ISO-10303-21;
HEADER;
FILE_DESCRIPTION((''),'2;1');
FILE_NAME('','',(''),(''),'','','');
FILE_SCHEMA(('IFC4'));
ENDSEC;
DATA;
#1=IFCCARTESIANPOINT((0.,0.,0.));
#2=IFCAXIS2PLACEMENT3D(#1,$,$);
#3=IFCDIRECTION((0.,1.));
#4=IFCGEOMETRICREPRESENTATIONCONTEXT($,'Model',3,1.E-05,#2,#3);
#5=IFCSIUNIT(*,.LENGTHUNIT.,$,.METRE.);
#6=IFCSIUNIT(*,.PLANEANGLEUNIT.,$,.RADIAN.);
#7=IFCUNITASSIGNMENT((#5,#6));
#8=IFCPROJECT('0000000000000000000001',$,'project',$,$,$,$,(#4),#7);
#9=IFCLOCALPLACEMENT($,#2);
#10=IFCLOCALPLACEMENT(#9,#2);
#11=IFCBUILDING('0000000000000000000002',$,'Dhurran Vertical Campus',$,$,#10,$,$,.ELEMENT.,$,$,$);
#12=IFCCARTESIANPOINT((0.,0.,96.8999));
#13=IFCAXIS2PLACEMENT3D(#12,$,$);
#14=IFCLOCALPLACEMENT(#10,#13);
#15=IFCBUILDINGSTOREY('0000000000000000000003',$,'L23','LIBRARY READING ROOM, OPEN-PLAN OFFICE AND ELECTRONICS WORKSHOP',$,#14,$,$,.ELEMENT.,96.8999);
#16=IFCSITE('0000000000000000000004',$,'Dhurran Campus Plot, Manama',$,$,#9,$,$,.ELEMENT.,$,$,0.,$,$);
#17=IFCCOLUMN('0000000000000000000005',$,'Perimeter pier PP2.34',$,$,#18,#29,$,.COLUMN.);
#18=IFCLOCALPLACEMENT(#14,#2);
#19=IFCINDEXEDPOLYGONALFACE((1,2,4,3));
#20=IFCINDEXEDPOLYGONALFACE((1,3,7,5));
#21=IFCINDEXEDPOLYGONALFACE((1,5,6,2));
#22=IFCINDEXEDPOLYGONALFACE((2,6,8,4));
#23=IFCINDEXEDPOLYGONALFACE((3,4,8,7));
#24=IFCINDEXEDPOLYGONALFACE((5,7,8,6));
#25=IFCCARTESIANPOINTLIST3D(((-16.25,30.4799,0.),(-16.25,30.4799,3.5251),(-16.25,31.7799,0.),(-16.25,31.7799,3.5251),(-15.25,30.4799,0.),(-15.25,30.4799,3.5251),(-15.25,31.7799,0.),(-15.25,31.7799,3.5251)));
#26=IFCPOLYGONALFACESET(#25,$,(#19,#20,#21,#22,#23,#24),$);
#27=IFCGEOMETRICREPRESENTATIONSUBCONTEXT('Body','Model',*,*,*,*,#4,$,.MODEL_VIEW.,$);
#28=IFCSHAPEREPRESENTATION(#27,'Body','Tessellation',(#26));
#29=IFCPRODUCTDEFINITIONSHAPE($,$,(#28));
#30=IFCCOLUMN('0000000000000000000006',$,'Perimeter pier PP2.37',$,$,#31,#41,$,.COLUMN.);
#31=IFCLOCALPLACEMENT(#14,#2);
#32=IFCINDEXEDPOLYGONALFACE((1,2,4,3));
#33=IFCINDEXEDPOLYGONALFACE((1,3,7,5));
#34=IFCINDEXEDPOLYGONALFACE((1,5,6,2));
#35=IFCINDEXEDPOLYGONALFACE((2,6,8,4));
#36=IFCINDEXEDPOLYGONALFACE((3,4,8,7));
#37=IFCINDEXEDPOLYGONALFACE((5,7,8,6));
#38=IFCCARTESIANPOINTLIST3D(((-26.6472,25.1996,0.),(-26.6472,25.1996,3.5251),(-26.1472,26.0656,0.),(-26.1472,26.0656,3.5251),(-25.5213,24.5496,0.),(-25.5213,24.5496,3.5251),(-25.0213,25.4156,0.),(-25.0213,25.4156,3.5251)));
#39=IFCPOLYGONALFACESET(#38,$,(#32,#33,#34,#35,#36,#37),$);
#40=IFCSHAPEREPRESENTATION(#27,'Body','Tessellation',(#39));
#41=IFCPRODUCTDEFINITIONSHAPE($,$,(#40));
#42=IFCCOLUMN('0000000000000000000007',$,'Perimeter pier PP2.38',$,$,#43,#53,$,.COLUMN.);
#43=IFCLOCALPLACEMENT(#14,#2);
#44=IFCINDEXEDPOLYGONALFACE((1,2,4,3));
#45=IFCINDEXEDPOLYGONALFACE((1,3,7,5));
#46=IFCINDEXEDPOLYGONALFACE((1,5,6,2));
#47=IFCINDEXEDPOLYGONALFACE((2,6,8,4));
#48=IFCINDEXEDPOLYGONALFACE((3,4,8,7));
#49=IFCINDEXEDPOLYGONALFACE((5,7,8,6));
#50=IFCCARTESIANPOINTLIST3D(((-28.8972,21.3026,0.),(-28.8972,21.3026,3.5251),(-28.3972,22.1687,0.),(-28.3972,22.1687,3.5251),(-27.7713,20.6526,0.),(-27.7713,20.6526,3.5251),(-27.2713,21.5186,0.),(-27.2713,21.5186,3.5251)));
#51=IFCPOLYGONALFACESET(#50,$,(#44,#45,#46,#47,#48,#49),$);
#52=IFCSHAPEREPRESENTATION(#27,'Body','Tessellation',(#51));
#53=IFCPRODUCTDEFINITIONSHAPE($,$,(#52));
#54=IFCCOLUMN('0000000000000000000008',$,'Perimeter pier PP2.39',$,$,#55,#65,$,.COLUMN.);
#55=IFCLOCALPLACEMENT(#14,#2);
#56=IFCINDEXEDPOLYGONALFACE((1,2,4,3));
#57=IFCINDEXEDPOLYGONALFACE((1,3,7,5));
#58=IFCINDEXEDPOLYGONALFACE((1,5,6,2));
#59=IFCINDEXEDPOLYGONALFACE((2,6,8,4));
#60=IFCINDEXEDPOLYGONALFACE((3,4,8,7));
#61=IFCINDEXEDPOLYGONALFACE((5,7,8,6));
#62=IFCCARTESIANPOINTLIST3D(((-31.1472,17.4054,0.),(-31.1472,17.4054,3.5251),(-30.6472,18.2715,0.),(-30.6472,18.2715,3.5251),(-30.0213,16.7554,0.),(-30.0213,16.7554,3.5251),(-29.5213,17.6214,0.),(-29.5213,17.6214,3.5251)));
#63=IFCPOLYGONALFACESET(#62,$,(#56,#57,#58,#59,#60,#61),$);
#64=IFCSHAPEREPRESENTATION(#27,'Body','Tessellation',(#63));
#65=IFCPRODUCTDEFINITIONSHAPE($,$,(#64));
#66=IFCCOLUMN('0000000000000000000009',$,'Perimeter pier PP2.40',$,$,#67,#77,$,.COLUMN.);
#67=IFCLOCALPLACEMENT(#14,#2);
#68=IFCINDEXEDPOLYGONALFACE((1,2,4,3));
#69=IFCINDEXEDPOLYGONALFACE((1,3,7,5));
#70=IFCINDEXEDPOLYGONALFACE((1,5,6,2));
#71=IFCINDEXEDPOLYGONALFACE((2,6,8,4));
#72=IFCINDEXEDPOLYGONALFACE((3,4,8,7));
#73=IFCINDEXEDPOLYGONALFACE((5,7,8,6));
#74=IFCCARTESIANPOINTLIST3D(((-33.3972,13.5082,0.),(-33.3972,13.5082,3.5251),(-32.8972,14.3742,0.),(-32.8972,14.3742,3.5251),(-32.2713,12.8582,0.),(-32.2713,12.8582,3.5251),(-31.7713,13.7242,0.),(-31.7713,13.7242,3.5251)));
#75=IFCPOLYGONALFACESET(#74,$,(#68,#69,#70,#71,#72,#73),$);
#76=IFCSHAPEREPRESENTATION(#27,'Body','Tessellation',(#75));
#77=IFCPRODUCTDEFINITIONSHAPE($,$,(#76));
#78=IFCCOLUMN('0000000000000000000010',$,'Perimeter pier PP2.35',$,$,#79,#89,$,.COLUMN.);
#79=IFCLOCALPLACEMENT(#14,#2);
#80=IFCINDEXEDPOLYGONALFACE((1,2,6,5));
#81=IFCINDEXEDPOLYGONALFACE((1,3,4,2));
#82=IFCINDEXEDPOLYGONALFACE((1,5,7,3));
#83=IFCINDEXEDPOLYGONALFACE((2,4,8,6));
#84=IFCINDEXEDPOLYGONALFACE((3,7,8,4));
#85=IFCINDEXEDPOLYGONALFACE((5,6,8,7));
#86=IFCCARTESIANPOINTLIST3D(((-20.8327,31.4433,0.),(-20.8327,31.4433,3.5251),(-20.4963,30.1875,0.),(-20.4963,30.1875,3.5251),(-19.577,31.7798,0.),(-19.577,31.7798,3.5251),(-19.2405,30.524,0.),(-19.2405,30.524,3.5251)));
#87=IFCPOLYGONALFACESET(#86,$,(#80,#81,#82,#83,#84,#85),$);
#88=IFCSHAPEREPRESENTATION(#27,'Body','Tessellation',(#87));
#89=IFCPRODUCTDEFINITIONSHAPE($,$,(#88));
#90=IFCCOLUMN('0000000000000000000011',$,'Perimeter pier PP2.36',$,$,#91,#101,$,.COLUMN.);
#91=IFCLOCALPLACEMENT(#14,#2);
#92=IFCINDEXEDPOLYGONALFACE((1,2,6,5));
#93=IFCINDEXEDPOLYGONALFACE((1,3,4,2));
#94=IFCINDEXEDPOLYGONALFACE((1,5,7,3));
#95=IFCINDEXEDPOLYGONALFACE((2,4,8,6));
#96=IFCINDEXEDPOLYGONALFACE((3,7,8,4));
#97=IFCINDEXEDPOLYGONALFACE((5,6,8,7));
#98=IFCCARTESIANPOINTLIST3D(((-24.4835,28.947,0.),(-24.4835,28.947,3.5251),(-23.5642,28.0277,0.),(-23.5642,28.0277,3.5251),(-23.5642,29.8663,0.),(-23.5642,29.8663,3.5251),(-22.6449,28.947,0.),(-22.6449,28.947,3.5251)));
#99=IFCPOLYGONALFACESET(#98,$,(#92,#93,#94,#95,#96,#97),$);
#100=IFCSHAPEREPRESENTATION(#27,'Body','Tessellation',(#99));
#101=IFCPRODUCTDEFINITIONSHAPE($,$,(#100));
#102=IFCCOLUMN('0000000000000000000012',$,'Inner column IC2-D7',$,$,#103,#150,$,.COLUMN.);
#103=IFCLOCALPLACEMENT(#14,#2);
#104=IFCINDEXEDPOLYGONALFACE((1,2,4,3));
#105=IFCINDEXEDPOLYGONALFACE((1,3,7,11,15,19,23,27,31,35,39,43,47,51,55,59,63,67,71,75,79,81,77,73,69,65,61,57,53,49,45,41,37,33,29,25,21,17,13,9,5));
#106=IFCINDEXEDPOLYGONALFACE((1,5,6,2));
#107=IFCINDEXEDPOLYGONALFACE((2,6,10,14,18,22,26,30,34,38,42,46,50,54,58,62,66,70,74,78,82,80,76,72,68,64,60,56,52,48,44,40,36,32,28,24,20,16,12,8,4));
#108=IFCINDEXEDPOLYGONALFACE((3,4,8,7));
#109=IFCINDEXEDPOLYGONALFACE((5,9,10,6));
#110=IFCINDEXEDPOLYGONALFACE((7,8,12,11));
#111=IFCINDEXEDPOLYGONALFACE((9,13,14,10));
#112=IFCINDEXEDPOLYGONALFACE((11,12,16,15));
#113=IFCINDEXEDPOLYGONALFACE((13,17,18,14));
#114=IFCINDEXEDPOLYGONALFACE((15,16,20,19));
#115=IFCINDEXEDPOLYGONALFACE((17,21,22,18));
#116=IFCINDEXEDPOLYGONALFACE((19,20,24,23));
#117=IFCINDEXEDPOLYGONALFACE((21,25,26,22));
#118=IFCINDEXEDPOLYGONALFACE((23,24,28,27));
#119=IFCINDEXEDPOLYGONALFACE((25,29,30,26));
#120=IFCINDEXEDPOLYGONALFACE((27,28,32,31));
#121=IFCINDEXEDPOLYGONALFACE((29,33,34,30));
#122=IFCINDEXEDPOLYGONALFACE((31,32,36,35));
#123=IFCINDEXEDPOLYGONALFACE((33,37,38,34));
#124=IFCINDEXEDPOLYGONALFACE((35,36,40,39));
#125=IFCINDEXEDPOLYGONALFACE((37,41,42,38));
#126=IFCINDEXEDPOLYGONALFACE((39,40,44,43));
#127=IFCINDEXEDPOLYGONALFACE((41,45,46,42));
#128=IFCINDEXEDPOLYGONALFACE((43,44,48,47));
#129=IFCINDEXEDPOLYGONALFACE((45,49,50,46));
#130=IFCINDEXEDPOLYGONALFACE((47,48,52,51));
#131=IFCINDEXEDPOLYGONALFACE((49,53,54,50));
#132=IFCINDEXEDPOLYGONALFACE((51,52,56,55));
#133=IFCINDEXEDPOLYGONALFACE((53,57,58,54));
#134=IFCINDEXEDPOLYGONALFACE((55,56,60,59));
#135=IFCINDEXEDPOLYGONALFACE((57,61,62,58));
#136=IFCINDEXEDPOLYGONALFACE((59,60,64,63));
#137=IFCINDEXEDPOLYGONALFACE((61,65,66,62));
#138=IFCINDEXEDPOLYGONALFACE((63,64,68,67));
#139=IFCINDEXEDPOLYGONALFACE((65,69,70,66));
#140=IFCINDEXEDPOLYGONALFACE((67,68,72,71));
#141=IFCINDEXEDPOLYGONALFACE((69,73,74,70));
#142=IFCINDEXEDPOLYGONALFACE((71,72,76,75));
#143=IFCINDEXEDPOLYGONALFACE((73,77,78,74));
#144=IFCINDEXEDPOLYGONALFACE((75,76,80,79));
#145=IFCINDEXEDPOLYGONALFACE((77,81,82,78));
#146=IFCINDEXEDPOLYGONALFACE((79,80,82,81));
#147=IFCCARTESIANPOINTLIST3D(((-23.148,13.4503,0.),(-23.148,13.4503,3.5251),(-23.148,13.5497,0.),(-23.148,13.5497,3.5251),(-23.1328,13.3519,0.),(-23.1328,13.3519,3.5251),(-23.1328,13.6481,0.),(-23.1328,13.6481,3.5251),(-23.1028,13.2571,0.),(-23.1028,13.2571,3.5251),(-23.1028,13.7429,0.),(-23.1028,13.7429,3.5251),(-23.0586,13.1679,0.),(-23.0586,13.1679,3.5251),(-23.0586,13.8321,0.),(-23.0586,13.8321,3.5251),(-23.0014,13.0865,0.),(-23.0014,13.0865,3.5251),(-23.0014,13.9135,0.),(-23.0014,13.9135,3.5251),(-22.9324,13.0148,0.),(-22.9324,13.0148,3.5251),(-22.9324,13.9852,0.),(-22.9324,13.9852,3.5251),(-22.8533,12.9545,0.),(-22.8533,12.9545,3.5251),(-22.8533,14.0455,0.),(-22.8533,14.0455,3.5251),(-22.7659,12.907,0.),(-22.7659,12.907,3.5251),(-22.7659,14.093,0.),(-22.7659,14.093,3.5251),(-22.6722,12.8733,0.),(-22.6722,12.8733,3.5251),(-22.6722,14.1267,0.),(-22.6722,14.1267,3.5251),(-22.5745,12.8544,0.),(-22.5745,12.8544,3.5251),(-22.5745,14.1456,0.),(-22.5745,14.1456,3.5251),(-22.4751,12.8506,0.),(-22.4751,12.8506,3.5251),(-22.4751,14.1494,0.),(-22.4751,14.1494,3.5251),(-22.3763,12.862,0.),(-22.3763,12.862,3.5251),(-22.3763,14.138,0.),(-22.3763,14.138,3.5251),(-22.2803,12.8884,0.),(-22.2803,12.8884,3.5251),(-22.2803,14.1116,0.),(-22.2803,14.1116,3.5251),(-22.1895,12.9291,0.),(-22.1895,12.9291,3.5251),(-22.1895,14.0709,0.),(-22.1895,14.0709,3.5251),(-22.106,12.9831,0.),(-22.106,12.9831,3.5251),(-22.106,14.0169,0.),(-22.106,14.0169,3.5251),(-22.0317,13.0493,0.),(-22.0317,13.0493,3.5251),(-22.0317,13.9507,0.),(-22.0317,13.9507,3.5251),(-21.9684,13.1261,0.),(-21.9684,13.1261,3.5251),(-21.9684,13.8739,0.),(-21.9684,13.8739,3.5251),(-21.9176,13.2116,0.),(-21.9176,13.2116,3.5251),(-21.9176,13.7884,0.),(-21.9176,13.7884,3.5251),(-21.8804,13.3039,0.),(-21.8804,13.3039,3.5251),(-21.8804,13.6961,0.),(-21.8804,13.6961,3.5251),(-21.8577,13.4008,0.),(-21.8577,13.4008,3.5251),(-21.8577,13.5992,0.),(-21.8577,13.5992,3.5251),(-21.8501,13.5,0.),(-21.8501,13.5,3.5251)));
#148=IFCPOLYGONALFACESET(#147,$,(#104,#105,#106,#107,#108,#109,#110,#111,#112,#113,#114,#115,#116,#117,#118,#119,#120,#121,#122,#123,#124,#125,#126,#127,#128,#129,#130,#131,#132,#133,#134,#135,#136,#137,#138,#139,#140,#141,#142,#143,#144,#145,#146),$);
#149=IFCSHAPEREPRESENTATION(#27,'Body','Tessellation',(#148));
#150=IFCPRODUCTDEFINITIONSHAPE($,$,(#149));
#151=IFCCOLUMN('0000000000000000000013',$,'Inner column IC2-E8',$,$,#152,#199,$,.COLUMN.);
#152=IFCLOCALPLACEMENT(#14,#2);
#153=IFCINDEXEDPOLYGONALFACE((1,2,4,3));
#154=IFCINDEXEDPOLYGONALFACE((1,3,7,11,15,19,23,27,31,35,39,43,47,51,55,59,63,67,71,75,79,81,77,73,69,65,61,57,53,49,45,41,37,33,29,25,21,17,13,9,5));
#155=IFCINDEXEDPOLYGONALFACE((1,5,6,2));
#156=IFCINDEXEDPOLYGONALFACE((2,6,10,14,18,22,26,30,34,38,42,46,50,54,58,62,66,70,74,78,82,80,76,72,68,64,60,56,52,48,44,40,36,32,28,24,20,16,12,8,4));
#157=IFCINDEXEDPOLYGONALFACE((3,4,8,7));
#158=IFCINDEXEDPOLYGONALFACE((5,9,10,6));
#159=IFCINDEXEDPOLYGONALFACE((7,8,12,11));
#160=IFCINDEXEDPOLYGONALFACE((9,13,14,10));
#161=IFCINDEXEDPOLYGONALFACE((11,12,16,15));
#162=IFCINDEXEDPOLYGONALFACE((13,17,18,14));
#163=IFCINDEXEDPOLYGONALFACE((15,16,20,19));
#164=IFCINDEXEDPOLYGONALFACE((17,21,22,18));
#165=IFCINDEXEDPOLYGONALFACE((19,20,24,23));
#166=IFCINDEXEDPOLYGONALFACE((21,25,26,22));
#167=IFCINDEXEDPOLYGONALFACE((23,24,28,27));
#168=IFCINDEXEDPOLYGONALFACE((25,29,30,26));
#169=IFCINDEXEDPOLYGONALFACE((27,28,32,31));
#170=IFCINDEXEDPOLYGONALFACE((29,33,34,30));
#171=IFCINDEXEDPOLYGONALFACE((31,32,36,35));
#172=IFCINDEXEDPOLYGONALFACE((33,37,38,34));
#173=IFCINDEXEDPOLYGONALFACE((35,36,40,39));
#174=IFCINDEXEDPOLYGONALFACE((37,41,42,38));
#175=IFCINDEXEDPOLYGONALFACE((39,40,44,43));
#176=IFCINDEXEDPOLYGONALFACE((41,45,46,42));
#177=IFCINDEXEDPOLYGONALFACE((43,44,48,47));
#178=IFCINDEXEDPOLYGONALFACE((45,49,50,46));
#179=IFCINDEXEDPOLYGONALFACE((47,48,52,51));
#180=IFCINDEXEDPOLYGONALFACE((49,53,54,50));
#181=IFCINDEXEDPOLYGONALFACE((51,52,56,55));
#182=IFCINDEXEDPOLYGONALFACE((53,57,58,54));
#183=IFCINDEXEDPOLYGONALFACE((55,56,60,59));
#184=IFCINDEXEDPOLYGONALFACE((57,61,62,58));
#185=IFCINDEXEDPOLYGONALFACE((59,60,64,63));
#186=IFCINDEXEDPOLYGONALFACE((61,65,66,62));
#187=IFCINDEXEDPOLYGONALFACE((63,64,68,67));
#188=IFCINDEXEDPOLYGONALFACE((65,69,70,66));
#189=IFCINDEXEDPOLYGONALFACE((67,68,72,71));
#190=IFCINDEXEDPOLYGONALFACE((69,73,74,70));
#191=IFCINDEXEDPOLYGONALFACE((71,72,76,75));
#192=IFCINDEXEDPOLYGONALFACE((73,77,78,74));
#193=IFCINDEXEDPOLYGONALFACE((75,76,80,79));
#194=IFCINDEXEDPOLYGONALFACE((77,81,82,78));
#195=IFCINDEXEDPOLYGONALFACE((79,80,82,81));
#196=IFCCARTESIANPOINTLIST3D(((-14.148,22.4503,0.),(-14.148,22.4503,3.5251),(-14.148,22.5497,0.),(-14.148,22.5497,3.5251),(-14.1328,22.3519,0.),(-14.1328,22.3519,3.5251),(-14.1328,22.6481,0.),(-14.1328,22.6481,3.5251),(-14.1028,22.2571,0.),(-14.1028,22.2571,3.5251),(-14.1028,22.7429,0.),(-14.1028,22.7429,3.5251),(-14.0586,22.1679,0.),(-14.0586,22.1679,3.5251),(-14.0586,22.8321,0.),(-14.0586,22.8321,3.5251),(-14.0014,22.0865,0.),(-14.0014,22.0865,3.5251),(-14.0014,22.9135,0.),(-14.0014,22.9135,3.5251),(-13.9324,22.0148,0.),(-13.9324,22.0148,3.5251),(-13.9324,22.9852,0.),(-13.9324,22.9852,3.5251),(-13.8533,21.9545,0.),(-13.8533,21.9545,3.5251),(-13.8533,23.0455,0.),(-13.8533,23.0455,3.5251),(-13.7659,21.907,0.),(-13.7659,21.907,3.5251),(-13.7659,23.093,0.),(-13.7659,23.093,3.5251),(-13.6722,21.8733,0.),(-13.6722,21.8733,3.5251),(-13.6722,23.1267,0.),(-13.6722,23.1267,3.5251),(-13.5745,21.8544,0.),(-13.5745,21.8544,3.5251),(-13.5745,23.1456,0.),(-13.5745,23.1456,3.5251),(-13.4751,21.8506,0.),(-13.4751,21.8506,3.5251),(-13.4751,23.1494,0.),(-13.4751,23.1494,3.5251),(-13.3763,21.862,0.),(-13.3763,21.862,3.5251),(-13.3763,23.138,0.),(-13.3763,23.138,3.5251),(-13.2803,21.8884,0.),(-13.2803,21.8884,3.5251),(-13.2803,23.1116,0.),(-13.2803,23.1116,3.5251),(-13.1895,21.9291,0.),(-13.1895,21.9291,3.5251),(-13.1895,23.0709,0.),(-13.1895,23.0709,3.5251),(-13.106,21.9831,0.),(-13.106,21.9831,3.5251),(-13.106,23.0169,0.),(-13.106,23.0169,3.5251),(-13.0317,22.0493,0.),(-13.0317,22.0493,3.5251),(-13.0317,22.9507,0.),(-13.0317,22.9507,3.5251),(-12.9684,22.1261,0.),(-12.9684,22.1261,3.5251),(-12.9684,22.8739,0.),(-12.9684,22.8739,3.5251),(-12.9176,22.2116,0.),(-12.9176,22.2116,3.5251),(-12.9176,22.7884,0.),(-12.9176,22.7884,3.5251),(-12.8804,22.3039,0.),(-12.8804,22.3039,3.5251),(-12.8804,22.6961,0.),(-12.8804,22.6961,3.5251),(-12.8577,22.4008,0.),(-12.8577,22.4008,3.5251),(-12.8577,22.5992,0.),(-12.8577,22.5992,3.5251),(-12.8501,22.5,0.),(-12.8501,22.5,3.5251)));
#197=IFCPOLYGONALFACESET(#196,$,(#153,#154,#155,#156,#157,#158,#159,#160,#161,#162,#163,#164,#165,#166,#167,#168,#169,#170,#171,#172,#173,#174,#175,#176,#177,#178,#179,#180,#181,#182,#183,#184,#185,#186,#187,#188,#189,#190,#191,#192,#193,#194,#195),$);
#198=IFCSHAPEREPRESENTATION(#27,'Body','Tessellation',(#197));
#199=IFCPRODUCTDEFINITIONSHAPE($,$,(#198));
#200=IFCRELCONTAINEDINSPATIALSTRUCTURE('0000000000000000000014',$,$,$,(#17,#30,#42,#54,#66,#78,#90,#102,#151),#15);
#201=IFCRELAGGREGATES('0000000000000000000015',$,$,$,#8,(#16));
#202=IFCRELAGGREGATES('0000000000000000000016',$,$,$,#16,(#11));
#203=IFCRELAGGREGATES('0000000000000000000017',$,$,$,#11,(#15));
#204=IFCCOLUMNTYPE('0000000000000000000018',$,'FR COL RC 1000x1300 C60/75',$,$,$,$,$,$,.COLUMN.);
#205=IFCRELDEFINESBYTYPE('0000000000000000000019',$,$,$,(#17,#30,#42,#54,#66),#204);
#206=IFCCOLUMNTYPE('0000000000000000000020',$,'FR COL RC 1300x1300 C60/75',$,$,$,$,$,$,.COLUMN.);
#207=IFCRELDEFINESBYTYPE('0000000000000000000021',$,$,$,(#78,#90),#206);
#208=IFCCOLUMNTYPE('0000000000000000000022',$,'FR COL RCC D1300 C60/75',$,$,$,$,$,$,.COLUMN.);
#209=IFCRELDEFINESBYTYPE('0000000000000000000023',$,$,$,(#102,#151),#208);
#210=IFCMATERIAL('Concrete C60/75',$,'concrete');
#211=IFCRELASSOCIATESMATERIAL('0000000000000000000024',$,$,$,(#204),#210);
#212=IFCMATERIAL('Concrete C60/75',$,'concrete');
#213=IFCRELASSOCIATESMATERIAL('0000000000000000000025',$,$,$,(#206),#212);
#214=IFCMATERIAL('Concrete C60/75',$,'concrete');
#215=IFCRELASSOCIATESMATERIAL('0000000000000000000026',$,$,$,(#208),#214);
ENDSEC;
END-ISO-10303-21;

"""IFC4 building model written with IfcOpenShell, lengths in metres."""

from ifc_helpers import new_model, si_unit, direction, frame, origin, origin_2d, place, context, subcontext, project, spatial, rectangle, circle, extrude, material, material_profile, profile_set, type_object, element, save


model = new_model("IFC4")

# Units and contexts
model_context = context("Model", 3, precision=1e-05, world=origin(), true_north=direction((0.0, 1.0)))
body_context = subcontext(model_context, "Body", "Model", "MODEL_VIEW")
ifc_project = project(units=[si_unit("LENGTHUNIT", "METRE"), si_unit("PLANEANGLEUNIT", "RADIAN")], contexts=[model_context])

# Site, building, storey
site_placement = place(None, origin())
site = spatial("IfcSite", under=ifc_project, at=site_placement, Name="Dhurran Campus Plot, Manama", CompositionType="ELEMENT", RefElevation=0.0)
building_placement = place(site_placement, origin())
building = spatial("IfcBuilding", under=site, at=building_placement, Name="Dhurran Vertical Campus", CompositionType="ELEMENT")
storey_placement = place(building_placement, frame((0.0, 0.0, 96.8999)))
storey = spatial("IfcBuildingStorey", under=building, at=storey_placement, Name="L23", Description="LIBRARY READING ROOM, OPEN-PLAN OFFICE AND ELECTRONICS WORKSHOP", CompositionType="ELEMENT", Elevation=96.8999)

# Columns
ifc_material_1 = material(Name="Concrete C60/75", Category="concrete")
ifc_material_profile_1 = material_profile(ifc_material_1, rectangle(XDim=1.0, YDim=1.3, at=origin_2d()), Name="RC 1000x1300")
ifc_profile_set_1 = profile_set([ifc_material_profile_1], Name="Concrete C60/75")
column_type_1 = type_object("IfcColumnType", Name="FR COL RC 1000x1300 C60/75", PredefinedType="COLUMN", material=ifc_profile_set_1)
for number, where, z_axis, x_axis, name in (
    (1, (-15.75, 31.1299, 0.0), (0.0, 0.0, 1.0), (-1.0, 0.0, 0.0), "Perimeter pier PP2.34"),
    (2, (-25.8342, 25.3076, 0.0), (0.0, 0.0, 1.0), (-0.5, -0.866025, 0.0), "Perimeter pier PP2.37"),
    (3, (-28.0842, 21.4106, 0.0), (0.0, 0.0, 1.0), (-0.5, -0.866025, 0.0), "Perimeter pier PP2.38"),
    (4, (-30.3342, 17.5134, 0.0), (0.0, 0.0, 1.0), (-0.5, -0.866025, 0.0), "Perimeter pier PP2.39"),
    (5, (-32.5842, 13.6162, 0.0), (0.0, 0.0, 1.0), (-0.5, -0.866025, 0.0), "Perimeter pier PP2.40"),
):
    element("IfcColumn", number, at=place(storey_placement, frame(where, z_axis=z_axis, x_axis=x_axis)), inside=storey, type_object=column_type_1, Name=name, PredefinedType="COLUMN", context=body_context, shape_type="SweptSolid", body=[
        extrude(rectangle(XDim=1.0, YDim=1.3, at=origin_2d()), origin(), (0.0, 0.0, 1.0), 3.5251),
    ])
ifc_material_2 = material(Name="Concrete C60/75", Category="concrete")
ifc_material_profile_2 = material_profile(ifc_material_2, rectangle(XDim=1.3, YDim=1.3, at=origin_2d()), Name="RC 1300x1300")
ifc_profile_set_2 = profile_set([ifc_material_profile_2], Name="Concrete C60/75")
column_type_2 = type_object("IfcColumnType", Name="FR COL RC 1300x1300 C60/75", PredefinedType="COLUMN", material=ifc_profile_set_2)
for number, where, z_axis, x_axis, name in (
    (6, (-20.0366, 30.9836, 0.0), (0.0, 0.0, 1.0), (-0.965926, -0.258819, 0.0), "Perimeter pier PP2.35"),
    (7, (-23.5642, 28.947, 0.0), (0.0, 0.0, 1.0), (-0.707107, -0.707107, 0.0), "Perimeter pier PP2.36"),
):
    element("IfcColumn", number, at=place(storey_placement, frame(where, z_axis=z_axis, x_axis=x_axis)), inside=storey, type_object=column_type_2, Name=name, PredefinedType="COLUMN", context=body_context, shape_type="SweptSolid", body=[
        extrude(rectangle(XDim=1.3, YDim=1.3, at=origin_2d()), origin(), (0.0, 0.0, 1.0), 3.5251),
    ])
ifc_material_3 = material(Name="Concrete C60/75", Category="concrete")
ifc_material_profile_3 = material_profile(ifc_material_3, circle(Radius=0.6499, at=origin_2d()), Name="RCC D1300")
ifc_profile_set_3 = profile_set([ifc_material_profile_3], Name="Concrete C60/75")
column_type_3 = type_object("IfcColumnType", Name="FR COL RCC D1300 C60/75", PredefinedType="COLUMN", material=ifc_profile_set_3)
for number, where, z_axis, x_axis, name in (
    (8, (-22.5, 13.5, 0.0), (0.0, 0.0, 1.0), (1.0, 0.0, 0.0), "Inner column IC2-D7"),
    (9, (-13.5, 22.5, 0.0), (0.0, 0.0, 1.0), (1.0, 0.0, 0.0), "Inner column IC2-E8"),
):
    element("IfcColumn", number, at=place(storey_placement, frame(where, z_axis=z_axis, x_axis=x_axis)), inside=storey, type_object=column_type_3, Name=name, PredefinedType="COLUMN", context=body_context, shape_type="SweptSolid", body=[
        extrude(circle(Radius=0.6499, at=origin_2d()), origin(), (0.0, 0.0, 1.0), 3.5251),
    ])

save(model, "model.ifc")
